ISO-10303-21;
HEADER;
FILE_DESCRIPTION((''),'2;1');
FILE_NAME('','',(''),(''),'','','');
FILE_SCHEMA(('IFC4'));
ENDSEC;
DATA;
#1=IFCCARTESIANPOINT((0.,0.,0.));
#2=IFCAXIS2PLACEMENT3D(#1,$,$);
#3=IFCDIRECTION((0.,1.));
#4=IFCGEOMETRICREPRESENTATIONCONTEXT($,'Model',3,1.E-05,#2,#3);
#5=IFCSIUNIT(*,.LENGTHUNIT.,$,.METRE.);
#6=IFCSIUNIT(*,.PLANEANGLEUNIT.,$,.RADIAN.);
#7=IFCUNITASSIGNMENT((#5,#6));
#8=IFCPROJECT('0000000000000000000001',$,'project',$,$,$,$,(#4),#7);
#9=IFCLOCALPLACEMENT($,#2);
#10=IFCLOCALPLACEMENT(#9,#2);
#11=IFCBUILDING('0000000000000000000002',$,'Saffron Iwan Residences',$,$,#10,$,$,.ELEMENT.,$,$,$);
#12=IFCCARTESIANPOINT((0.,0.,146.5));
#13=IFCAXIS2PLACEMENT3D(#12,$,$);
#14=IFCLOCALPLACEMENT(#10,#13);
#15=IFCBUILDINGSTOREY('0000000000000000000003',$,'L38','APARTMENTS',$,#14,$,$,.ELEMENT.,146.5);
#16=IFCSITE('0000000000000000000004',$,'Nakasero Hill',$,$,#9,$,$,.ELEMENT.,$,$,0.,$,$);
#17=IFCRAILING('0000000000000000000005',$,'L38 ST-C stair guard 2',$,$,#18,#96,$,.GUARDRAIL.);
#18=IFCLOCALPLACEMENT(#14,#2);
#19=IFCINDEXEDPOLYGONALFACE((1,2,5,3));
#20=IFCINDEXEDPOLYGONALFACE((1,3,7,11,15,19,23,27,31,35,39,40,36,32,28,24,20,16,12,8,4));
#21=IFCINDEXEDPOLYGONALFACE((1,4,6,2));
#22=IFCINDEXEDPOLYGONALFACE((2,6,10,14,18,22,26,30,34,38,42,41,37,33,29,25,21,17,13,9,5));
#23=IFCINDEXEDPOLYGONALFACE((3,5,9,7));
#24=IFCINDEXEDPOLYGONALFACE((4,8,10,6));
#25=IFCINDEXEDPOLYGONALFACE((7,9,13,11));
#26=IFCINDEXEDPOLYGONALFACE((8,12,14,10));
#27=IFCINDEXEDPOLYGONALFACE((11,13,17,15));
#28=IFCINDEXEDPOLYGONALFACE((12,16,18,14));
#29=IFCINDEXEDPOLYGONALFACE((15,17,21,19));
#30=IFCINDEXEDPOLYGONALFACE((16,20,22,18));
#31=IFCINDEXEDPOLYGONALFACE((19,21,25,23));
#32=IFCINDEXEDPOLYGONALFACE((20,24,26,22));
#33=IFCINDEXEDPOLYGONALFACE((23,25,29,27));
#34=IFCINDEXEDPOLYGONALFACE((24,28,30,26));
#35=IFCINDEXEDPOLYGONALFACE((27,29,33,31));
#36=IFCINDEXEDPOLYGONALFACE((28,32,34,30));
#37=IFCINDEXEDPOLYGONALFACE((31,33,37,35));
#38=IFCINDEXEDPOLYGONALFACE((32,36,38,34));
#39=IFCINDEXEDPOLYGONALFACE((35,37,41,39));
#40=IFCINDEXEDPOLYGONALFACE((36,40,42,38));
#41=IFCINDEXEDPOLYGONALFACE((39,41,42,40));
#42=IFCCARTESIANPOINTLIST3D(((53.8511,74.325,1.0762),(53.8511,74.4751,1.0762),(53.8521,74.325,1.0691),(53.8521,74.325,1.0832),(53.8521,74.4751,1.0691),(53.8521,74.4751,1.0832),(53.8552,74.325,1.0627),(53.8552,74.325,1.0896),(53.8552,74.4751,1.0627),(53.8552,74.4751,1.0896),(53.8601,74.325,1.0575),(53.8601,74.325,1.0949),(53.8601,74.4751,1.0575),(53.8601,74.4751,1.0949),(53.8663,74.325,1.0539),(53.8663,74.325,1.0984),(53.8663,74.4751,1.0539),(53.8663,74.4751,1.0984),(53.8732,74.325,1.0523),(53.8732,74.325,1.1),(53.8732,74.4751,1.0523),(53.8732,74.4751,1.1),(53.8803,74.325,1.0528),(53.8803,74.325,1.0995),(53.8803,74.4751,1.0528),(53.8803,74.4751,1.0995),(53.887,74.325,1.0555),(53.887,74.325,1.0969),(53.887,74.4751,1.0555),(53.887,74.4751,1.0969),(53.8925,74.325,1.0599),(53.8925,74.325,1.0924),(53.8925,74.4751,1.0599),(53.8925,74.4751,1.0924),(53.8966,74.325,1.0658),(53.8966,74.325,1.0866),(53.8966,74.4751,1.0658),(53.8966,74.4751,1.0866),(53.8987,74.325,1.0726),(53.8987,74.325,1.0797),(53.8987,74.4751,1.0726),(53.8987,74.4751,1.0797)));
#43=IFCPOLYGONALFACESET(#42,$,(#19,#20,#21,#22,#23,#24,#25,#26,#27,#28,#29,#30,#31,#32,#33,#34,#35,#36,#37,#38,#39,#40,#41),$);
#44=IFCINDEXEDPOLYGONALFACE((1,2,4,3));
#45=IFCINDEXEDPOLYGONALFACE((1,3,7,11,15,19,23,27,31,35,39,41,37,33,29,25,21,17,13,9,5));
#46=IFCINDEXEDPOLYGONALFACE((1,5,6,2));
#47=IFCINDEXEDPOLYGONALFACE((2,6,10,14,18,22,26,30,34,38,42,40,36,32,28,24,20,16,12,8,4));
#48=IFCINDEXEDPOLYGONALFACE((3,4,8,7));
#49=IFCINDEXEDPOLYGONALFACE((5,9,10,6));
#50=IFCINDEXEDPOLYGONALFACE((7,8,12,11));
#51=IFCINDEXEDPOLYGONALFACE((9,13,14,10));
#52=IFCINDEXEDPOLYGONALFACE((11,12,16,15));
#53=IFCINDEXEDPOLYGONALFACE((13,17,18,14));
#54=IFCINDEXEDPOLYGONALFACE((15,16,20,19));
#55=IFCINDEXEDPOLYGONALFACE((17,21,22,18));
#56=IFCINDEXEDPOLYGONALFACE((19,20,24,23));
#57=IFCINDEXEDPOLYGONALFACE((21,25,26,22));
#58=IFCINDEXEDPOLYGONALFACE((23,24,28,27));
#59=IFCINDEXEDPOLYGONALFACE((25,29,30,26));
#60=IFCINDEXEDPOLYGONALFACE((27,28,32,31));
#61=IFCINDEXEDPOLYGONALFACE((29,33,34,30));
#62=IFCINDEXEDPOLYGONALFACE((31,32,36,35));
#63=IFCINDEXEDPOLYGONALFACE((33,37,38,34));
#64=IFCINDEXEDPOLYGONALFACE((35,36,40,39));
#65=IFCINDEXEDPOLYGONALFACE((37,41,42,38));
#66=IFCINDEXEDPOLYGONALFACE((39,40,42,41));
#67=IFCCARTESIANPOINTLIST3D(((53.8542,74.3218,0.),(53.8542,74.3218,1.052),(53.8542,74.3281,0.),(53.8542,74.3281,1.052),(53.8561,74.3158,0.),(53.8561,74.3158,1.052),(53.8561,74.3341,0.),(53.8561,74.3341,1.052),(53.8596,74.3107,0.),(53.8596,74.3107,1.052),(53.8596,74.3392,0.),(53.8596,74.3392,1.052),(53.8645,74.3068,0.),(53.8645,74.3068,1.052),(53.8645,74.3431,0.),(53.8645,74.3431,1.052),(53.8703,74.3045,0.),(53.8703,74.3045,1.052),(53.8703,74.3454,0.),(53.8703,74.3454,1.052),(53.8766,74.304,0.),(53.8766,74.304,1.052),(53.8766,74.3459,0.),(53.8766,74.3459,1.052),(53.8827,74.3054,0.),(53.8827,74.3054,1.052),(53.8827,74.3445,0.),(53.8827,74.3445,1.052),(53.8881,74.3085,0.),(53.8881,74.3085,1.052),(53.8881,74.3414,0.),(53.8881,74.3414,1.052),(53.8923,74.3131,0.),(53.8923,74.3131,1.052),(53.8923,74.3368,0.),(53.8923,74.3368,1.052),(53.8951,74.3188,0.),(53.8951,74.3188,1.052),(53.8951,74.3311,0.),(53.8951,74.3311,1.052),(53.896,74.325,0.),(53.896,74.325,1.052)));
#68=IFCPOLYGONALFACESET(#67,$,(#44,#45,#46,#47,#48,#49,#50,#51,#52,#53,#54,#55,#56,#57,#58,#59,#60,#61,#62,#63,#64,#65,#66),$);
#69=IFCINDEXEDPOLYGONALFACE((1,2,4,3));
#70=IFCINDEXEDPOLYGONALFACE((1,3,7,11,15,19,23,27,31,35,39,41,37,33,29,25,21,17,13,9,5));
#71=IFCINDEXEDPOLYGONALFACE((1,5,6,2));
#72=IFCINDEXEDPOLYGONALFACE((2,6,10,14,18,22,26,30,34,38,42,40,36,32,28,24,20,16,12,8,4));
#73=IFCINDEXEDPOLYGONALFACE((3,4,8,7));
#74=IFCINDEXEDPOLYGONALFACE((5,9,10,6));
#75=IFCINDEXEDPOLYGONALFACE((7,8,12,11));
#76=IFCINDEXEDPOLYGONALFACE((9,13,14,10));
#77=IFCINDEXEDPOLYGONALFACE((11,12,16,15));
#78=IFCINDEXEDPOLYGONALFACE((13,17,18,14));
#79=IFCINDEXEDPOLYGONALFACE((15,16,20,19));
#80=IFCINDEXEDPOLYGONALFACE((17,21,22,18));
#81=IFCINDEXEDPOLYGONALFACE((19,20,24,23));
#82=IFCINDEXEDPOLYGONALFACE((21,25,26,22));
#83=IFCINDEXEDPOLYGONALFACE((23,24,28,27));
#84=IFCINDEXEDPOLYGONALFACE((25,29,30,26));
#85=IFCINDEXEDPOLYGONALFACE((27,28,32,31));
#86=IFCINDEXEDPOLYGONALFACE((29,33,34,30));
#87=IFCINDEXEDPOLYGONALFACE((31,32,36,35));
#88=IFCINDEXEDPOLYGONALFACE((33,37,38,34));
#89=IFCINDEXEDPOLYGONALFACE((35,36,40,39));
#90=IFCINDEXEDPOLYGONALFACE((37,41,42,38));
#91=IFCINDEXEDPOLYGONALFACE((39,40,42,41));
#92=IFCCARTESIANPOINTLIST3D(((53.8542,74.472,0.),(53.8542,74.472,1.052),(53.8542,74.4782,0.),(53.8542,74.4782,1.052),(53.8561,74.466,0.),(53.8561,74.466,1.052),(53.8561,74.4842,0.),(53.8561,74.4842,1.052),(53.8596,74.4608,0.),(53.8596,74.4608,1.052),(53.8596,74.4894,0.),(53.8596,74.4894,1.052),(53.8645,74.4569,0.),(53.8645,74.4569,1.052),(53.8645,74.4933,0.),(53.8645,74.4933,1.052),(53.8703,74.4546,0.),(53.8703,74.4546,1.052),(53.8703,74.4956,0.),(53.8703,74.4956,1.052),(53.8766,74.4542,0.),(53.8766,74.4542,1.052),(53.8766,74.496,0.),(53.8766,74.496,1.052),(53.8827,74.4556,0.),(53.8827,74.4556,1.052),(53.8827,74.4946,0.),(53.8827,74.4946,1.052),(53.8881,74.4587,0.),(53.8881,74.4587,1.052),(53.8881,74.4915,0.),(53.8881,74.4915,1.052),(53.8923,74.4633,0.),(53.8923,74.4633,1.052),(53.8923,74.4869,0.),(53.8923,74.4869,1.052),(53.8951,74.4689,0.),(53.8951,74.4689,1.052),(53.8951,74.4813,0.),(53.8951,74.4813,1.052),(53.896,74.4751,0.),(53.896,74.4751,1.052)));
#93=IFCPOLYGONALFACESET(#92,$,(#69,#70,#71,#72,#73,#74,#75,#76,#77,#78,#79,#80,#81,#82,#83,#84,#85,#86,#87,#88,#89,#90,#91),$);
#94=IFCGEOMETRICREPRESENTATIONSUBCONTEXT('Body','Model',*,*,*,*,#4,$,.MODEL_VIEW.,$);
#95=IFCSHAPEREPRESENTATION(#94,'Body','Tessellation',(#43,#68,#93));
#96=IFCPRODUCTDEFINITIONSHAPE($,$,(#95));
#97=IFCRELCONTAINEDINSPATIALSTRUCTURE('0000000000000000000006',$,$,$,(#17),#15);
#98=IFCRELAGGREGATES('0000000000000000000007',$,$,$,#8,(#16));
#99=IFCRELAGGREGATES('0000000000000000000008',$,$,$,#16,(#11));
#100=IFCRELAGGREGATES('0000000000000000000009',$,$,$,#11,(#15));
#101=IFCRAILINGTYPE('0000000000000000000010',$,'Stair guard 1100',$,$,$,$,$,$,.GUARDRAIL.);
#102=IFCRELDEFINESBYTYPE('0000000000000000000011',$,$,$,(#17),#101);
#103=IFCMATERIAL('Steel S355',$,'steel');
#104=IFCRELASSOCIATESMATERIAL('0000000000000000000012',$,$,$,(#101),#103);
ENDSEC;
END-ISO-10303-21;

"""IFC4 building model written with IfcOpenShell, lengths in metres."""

from ifc_helpers import new_model, si_unit, direction, frame, origin, origin_2d, place, context, subcontext, project, spatial, circle, extrude, material, type_object, element, save


model = new_model("IFC4")

# Units and contexts
model_context = context("Model", 3, precision=1e-05, world=origin(), true_north=direction((0.0, 1.0)))
body_context = subcontext(model_context, "Body", "Model", "MODEL_VIEW")
ifc_project = project(units=[si_unit("LENGTHUNIT", "METRE"), si_unit("PLANEANGLEUNIT", "RADIAN")], contexts=[model_context])

# Site, building, storey
site_placement = place(None, origin())
site = spatial("IfcSite", under=ifc_project, at=site_placement, Name="Nakasero Hill", CompositionType="ELEMENT", RefElevation=0.0)
building_placement = place(site_placement, origin())
building = spatial("IfcBuilding", under=site, at=building_placement, Name="Saffron Iwan Residences", CompositionType="ELEMENT")
storey_placement = place(building_placement, frame((0.0, 0.0, 146.5)))
storey = spatial("IfcBuildingStorey", under=building, at=storey_placement, Name="L38", Description="APARTMENTS", CompositionType="ELEMENT", Elevation=146.5)

# Railing
ifc_material_1 = material(Name="Steel S355", Category="steel")
railing_type_1 = type_object("IfcRailingType", Name="Stair guard 1100", PredefinedType="GUARDRAIL", material=ifc_material_1)
railing_1_placement = place(storey_placement, frame((53.875, 74.325, 0.0)))
element("IfcRailing", 1, at=railing_1_placement, inside=storey, type_object=railing_type_1, Name="L38 ST-C stair guard 2", PredefinedType="GUARDRAIL", context=body_context, shape_type="SweptSolid", body=[
    extrude(circle(Radius=0.0239, at=origin_2d()), frame((0.0, 0.0, 1.0762), z_axis=(0.0, 1.0, 0.0), x_axis=(-1.0, 0.0, 0.0)), (0.0, 0.0, 1.0), 0.1501),
    extrude(circle(Radius=0.021, at=origin_2d()), origin(), (0.0, 0.0, 1.0), 1.052),
    extrude(circle(Radius=0.021, at=origin_2d()), frame((0.0, 0.1501, 0.0)), (0.0, 0.0, 1.0), 1.052),
])

save(model, "model.ifc")
